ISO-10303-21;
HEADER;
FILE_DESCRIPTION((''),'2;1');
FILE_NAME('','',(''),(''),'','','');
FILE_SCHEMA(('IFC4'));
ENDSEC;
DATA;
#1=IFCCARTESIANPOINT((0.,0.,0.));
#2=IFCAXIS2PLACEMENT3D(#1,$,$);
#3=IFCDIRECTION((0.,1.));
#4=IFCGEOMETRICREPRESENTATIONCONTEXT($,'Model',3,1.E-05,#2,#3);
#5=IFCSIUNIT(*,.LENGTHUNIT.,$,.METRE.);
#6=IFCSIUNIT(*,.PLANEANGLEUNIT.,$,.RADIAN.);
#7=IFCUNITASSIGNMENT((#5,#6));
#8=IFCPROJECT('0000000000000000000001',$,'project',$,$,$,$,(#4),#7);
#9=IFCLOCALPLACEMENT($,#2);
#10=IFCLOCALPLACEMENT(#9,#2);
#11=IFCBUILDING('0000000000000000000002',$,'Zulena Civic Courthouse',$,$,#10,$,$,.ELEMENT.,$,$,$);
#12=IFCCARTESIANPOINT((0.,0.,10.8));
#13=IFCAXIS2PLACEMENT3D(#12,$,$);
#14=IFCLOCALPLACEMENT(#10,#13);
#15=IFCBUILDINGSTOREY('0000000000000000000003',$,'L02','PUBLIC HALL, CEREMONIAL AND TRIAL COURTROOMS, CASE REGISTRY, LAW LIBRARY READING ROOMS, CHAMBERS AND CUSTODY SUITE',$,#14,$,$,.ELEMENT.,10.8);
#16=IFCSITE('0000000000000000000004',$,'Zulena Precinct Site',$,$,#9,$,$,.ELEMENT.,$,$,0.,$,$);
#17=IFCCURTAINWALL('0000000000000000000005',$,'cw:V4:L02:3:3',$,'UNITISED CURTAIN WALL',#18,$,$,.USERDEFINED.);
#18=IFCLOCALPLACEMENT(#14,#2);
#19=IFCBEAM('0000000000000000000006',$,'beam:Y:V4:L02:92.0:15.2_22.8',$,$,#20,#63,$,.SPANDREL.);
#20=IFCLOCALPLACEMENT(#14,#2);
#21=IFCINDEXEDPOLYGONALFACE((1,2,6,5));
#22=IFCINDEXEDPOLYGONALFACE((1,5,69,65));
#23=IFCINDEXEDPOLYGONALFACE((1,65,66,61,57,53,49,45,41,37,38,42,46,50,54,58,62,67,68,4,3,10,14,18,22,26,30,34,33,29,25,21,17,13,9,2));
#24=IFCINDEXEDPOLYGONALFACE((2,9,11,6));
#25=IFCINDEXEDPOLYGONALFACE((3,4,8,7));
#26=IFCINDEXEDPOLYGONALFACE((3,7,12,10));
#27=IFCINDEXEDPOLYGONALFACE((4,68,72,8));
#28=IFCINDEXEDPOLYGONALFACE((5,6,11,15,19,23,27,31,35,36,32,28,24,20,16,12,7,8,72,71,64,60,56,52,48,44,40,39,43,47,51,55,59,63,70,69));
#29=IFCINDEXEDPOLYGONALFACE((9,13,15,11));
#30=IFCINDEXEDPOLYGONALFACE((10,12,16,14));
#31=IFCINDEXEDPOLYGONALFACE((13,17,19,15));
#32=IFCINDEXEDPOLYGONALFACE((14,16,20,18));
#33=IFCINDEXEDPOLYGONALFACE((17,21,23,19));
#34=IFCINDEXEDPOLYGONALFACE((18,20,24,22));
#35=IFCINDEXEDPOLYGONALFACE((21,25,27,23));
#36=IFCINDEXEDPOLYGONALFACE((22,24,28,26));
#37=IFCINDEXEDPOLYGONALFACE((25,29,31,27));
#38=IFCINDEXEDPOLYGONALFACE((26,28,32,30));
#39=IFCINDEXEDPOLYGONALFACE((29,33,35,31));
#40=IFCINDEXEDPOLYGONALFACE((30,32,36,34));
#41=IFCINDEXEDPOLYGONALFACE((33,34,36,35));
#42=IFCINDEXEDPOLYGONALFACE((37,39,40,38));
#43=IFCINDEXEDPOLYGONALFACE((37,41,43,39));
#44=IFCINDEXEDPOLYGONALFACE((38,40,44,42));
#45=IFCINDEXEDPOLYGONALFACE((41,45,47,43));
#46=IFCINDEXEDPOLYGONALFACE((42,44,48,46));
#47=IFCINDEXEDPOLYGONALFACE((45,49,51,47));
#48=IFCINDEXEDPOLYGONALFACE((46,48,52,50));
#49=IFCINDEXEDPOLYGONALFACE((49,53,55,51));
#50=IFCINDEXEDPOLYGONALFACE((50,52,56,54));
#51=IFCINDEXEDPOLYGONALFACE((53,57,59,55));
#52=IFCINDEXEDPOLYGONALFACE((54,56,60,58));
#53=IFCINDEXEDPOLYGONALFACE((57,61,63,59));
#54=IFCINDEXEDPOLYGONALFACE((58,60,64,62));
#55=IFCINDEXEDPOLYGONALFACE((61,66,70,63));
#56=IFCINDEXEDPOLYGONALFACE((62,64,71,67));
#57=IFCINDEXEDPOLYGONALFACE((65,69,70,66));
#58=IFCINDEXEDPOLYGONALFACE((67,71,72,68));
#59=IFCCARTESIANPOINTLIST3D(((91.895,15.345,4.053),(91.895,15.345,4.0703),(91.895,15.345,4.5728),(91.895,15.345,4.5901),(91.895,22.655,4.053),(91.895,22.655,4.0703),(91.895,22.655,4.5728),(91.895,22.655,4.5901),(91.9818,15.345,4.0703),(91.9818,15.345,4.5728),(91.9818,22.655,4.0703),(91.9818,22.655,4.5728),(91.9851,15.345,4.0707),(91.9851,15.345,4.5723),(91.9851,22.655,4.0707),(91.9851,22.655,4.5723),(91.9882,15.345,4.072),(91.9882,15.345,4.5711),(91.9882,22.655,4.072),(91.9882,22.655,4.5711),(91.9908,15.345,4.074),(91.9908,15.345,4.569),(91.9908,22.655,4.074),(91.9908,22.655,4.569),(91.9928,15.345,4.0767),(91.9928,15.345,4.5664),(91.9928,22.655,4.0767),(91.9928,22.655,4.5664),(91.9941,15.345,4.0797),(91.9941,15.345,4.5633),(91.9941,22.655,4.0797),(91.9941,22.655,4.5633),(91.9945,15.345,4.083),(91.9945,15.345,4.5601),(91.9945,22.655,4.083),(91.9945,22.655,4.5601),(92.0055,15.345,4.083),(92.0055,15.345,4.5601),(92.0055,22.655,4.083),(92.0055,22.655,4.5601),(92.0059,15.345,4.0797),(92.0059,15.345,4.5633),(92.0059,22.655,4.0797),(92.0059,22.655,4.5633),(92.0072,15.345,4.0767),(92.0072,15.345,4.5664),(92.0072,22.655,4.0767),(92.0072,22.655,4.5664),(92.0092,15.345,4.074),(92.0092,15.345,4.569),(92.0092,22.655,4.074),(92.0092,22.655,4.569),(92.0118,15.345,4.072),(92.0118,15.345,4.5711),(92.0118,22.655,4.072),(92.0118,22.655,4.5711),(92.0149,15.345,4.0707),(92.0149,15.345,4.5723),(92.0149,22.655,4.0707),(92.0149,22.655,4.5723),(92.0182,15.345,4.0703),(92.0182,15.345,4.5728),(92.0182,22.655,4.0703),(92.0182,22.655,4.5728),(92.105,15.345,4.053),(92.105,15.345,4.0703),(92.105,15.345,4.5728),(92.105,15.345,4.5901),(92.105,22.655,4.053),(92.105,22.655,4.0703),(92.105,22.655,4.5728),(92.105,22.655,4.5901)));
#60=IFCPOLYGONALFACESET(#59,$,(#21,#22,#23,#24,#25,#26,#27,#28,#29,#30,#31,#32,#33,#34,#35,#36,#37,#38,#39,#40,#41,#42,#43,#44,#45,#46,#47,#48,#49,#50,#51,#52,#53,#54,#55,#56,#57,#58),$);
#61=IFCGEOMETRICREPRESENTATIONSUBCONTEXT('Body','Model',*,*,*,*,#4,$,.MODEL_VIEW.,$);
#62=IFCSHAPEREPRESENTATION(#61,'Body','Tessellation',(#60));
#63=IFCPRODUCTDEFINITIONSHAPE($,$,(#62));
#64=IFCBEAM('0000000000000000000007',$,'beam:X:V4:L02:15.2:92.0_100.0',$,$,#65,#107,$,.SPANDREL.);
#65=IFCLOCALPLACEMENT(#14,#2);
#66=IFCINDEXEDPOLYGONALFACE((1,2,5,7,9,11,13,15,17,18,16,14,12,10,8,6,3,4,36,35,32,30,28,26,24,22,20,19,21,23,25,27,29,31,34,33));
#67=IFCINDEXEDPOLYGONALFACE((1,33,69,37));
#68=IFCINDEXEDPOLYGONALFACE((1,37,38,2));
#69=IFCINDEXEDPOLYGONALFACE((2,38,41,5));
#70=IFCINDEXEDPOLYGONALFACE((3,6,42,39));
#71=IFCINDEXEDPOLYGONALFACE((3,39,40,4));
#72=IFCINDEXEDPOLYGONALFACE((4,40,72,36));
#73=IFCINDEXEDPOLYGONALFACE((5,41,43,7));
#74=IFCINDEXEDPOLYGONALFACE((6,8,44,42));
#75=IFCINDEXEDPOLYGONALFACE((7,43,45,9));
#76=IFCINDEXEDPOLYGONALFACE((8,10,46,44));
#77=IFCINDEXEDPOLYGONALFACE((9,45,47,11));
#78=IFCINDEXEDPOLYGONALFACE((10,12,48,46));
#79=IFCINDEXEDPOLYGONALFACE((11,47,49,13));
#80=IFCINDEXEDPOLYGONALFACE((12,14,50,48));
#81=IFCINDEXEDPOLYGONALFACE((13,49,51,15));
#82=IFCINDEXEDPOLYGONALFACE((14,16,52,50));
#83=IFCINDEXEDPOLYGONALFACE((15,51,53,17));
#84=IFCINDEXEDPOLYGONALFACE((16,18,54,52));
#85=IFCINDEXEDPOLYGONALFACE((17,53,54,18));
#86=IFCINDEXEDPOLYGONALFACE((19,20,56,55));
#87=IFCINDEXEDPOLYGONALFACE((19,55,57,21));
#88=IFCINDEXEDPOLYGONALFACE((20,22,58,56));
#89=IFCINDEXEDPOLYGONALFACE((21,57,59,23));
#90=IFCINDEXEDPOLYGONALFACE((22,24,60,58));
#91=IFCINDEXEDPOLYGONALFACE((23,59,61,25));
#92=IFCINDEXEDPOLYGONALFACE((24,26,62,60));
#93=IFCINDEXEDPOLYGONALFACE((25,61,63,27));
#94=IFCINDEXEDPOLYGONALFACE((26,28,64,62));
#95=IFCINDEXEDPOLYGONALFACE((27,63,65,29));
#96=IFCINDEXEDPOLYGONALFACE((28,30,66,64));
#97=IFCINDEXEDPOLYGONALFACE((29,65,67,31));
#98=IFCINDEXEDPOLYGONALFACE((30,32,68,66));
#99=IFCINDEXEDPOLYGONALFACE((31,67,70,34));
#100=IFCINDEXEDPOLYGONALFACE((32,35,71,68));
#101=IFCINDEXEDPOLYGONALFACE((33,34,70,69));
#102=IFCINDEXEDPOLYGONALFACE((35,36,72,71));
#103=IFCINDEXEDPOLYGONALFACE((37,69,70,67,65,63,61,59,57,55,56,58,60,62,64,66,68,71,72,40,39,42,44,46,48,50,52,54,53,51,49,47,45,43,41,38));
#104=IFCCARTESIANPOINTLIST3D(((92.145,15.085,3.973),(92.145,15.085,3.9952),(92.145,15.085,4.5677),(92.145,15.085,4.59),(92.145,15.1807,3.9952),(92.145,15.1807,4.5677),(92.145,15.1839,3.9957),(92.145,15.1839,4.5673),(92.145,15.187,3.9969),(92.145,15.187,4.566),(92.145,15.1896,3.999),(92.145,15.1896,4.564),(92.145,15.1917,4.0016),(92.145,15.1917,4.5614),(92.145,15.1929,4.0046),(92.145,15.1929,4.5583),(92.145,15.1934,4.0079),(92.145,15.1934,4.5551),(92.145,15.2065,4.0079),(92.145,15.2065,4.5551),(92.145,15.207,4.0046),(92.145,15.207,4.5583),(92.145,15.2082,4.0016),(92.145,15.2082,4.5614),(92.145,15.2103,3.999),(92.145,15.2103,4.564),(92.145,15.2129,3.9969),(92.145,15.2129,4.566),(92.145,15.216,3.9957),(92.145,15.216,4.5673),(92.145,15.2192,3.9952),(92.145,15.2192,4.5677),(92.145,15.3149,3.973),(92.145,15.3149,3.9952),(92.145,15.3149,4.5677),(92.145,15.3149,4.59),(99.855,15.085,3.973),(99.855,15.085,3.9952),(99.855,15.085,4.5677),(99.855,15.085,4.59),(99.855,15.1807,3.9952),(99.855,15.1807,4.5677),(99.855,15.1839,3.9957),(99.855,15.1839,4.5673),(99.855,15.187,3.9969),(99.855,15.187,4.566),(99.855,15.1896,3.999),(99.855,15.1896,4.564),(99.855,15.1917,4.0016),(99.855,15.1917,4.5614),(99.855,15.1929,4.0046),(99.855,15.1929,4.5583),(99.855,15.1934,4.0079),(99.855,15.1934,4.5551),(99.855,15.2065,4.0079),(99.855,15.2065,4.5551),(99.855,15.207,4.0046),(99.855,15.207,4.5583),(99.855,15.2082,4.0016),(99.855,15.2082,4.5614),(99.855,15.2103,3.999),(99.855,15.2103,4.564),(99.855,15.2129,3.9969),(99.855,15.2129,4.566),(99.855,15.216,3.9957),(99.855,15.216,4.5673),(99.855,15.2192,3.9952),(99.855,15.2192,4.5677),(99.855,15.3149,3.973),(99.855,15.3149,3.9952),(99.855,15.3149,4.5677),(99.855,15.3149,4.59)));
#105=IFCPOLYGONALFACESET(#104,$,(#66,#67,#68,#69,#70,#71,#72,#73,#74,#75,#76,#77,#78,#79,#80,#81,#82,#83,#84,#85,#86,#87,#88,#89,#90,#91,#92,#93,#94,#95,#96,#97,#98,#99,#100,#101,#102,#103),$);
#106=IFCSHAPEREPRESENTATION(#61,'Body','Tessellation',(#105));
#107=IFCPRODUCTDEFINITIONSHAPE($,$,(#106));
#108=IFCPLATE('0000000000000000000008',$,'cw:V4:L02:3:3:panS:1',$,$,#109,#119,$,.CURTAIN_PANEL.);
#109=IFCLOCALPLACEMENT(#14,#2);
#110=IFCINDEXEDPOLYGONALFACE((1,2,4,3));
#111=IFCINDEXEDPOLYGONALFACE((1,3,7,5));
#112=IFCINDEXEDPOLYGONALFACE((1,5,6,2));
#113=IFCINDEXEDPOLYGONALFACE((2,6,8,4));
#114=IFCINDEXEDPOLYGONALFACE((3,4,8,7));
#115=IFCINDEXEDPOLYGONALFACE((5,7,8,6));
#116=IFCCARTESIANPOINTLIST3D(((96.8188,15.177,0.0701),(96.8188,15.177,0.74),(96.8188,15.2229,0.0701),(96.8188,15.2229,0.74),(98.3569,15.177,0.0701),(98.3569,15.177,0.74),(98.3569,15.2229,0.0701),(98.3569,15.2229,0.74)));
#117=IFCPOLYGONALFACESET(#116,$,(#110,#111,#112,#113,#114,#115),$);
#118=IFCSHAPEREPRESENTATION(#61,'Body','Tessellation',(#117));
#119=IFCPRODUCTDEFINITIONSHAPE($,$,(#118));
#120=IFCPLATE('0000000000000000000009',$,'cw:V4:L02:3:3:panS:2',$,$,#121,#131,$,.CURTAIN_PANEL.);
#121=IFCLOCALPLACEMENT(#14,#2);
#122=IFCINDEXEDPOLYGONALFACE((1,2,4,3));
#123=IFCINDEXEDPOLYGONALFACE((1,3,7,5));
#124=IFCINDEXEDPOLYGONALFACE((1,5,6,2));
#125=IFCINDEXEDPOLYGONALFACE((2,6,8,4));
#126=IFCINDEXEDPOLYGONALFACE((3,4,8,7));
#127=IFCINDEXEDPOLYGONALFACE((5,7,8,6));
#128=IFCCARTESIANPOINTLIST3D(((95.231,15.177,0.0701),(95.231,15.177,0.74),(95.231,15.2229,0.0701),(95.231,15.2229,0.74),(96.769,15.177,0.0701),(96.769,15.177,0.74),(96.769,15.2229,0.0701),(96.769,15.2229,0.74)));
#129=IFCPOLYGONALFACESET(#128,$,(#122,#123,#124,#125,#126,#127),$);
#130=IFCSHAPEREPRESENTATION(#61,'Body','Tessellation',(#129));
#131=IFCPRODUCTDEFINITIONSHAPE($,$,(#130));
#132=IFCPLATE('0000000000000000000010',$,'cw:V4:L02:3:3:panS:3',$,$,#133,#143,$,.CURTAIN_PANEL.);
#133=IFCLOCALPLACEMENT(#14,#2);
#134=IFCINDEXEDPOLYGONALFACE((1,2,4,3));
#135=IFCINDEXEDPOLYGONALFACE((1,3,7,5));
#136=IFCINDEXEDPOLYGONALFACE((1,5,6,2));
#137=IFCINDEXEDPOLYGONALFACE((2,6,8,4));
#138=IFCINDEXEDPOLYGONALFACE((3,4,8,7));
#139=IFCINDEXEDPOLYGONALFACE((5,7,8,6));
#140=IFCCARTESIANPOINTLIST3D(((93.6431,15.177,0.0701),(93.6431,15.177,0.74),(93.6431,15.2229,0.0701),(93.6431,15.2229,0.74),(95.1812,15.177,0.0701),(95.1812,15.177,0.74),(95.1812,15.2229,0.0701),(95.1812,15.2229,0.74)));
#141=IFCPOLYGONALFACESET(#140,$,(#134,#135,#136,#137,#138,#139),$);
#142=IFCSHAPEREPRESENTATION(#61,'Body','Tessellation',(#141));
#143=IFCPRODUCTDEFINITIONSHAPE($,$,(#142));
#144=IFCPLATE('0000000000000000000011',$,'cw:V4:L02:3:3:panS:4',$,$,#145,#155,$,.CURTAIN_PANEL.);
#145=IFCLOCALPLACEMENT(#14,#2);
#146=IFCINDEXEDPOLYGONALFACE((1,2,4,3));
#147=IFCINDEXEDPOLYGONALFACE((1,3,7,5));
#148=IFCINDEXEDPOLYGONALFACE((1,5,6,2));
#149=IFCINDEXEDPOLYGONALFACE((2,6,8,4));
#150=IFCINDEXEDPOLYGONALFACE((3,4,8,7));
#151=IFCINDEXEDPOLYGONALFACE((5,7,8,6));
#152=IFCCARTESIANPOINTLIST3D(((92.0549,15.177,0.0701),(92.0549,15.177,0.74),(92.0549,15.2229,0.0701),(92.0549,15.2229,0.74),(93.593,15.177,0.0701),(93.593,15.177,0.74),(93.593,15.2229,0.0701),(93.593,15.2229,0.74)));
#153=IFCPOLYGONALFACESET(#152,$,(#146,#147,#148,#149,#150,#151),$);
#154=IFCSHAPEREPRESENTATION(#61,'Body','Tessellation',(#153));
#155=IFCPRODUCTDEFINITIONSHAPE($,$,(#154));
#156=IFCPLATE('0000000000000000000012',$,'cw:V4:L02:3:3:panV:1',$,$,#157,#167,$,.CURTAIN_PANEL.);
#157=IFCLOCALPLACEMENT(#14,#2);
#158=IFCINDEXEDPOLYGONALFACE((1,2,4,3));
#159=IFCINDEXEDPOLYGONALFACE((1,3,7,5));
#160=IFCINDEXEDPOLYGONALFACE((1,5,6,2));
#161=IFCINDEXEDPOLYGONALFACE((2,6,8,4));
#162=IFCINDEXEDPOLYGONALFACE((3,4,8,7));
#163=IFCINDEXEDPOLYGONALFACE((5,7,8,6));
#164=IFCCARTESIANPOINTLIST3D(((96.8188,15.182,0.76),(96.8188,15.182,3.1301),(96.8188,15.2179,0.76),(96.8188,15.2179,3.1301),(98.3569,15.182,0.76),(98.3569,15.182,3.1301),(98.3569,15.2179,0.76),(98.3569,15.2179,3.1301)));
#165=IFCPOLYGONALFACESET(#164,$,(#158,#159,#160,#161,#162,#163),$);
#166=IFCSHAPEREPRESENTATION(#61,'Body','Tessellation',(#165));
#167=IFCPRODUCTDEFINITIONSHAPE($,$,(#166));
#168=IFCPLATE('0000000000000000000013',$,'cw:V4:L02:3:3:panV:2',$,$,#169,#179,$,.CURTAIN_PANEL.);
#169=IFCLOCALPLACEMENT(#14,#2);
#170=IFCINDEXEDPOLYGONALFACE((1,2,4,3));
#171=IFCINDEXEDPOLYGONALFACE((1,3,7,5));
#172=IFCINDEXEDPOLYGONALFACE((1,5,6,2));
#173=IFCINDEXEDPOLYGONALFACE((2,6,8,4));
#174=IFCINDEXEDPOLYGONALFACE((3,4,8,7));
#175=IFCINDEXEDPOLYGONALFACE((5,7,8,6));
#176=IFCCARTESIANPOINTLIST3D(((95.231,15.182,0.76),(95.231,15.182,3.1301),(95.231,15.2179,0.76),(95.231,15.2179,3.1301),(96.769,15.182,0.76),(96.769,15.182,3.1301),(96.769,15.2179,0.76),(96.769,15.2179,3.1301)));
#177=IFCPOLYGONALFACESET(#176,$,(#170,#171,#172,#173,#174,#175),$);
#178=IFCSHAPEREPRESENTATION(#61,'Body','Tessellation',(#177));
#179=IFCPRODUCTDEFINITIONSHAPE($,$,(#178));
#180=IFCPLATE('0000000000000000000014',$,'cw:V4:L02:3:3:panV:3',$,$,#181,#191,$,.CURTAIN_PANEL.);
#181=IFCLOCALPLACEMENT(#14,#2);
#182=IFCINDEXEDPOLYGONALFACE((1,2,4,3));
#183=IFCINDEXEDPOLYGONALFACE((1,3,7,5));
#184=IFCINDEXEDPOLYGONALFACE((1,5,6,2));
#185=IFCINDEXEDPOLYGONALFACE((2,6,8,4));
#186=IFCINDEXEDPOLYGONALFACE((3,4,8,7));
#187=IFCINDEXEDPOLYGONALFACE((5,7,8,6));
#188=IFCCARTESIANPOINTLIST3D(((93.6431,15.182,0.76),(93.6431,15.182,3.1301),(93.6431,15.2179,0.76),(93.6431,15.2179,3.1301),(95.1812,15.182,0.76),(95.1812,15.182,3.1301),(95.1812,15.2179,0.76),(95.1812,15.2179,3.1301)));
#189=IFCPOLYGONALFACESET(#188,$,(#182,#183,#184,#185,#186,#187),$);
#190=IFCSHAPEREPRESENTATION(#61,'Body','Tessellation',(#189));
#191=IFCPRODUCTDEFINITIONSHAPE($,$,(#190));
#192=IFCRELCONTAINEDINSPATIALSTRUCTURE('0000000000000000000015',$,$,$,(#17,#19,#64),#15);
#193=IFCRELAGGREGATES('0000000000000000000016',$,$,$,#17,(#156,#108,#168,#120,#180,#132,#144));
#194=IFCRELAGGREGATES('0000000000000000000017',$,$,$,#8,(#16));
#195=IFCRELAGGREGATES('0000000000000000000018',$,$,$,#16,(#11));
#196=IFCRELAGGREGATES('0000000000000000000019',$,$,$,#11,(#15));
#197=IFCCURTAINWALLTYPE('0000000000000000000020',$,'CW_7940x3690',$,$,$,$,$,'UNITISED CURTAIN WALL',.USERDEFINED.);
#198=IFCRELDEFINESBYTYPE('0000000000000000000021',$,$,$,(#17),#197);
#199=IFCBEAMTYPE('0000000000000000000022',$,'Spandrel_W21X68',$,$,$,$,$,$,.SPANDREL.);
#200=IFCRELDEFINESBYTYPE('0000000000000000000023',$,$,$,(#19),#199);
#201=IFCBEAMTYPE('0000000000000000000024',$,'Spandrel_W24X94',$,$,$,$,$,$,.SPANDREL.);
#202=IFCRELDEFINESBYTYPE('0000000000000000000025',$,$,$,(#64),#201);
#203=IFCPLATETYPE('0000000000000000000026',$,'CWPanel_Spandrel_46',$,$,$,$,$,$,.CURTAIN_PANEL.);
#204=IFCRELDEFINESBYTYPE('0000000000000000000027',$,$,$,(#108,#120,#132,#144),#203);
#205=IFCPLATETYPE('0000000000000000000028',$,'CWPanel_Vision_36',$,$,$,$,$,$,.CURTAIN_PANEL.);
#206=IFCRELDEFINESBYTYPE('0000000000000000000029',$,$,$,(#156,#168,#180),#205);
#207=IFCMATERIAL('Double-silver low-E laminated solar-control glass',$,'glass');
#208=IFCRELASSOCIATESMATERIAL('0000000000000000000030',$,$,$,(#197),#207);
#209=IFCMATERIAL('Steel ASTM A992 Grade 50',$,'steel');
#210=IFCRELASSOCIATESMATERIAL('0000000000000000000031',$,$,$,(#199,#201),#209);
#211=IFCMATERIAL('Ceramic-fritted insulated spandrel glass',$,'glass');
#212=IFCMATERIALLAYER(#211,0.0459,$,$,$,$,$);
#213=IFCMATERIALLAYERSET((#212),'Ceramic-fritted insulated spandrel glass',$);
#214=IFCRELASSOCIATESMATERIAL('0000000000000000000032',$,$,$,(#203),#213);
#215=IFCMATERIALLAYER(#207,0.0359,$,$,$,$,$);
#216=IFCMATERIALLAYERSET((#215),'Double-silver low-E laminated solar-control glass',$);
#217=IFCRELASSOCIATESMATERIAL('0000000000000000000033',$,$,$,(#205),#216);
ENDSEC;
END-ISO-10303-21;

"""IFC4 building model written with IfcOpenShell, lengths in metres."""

from ifc_helpers import new_model, si_unit, direction, frame, origin, origin_2d, place, context, subcontext, project, spatial, rectangle, i_section, extrude, material, layer, layer_set, material_profile, profile_set, type_object, element, aggregate, save


model = new_model("IFC4")

# Units and contexts
model_context = context("Model", 3, precision=1e-05, world=origin(), true_north=direction((0.0, 1.0)))
body_context = subcontext(model_context, "Body", "Model", "MODEL_VIEW")
ifc_project = project(units=[si_unit("LENGTHUNIT", "METRE"), si_unit("PLANEANGLEUNIT", "RADIAN")], contexts=[model_context])

# Site, building, storey
site_placement = place(None, origin())
site = spatial("IfcSite", under=ifc_project, at=site_placement, Name="Zulena Precinct Site", CompositionType="ELEMENT", RefElevation=0.0)
building_placement = place(site_placement, origin())
building = spatial("IfcBuilding", under=site, at=building_placement, Name="Zulena Civic Courthouse", CompositionType="ELEMENT")
storey_placement = place(building_placement, frame((0.0, 0.0, 10.8)))
storey = spatial("IfcBuildingStorey", under=building, at=storey_placement, Name="L02", Description="PUBLIC HALL, CEREMONIAL AND TRIAL COURTROOMS, CASE REGISTRY, LAW LIBRARY READING ROOMS, CHAMBERS AND CUSTODY SUITE", CompositionType="ELEMENT", Elevation=10.8)

# Shared definitions
ifc_material_1 = material(Name="Steel ASTM A992 Grade 50", Category="steel")

# Curtain wall
ifc_material_2 = material(Name="Double-silver low-E laminated solar-control glass", Category="glass")
curtain_wall_type = type_object("IfcCurtainWallType", Name="CW_7940x3690", ElementType="UNITISED CURTAIN WALL", PredefinedType="USERDEFINED", material=ifc_material_2)
curtain_wall_1_placement = place(storey_placement, origin())
curtain_wall_1 = element("IfcCurtainWall", 1, at=curtain_wall_1_placement, inside=storey, type_object=curtain_wall_type, Name="cw:V4:L02:3:3", ObjectType="UNITISED CURTAIN WALL", PredefinedType="USERDEFINED")

# Beams
ifc_material_profile_1 = material_profile(ifc_material_1, i_section(OverallWidth=0.21, OverallDepth=0.5371, WebThickness=0.011, FlangeThickness=0.0173, FilletRadius=0.0127, at=origin_2d()), Name="W21X68")
ifc_profile_set_1 = profile_set([ifc_material_profile_1], Name="Steel ASTM A992 Grade 50")
beam_type_1 = type_object("IfcBeamType", Name="Spandrel_W21X68", PredefinedType="SPANDREL", material=ifc_profile_set_1)
beam_1_placement = place(storey_placement, frame((92.0, 15.345, 4.3215), z_axis=(0.0, 1.0, 0.0), x_axis=(-1.0, 0.0, 0.0)))
element("IfcBeam", 2, at=beam_1_placement, inside=storey, type_object=beam_type_1, Name="beam:Y:V4:L02:92.0:15.2_22.8", PredefinedType="SPANDREL", context=body_context, shape_type="SweptSolid", body=[
    extrude(i_section(OverallWidth=0.21, OverallDepth=0.5371, WebThickness=0.011, FlangeThickness=0.0173, FilletRadius=0.0127, at=origin_2d()), origin(), (0.0, 0.0, 1.0), 7.3101),
])
ifc_material_profile_2 = material_profile(ifc_material_1, i_section(OverallWidth=0.23, OverallDepth=0.6169, WebThickness=0.0132, FlangeThickness=0.0222, FilletRadius=0.0127, at=origin_2d()), Name="W24X94")
ifc_profile_set_2 = profile_set([ifc_material_profile_2], Name="Steel ASTM A992 Grade 50")
beam_type_2 = type_object("IfcBeamType", Name="Spandrel_W24X94", PredefinedType="SPANDREL", material=ifc_profile_set_2)
beam_2_placement = place(storey_placement, frame((92.145, 15.2, 4.2815), z_axis=(1.0, 0.0, 0.0), x_axis=(0.0, 1.0, 0.0)))
element("IfcBeam", 3, at=beam_2_placement, inside=storey, type_object=beam_type_2, Name="beam:X:V4:L02:15.2:92.0_100.0", PredefinedType="SPANDREL", context=body_context, shape_type="SweptSolid", body=[
    extrude(i_section(OverallWidth=0.23, OverallDepth=0.6169, WebThickness=0.0132, FlangeThickness=0.0222, FilletRadius=0.0127, at=origin_2d()), origin(), (0.0, 0.0, 1.0), 7.71),
])

# Plates
ifc_material_3 = material(Name="Ceramic-fritted insulated spandrel glass", Category="glass")
ifc_layer_1 = layer(ifc_material_3, 0.0459)
ifc_layer_set_1 = layer_set([ifc_layer_1], Name="Ceramic-fritted insulated spandrel glass")
plate_type_1 = type_object("IfcPlateType", Name="CWPanel_Spandrel_46", PredefinedType="CURTAIN_PANEL", material=ifc_layer_set_1)
plate_1_placement = place(storey_placement, frame((97.5879, 15.2, 0.0701), z_axis=(0.0, 0.0, 1.0), x_axis=(-1.0, 0.0, 0.0)))
plate_1 = element("IfcPlate", 4, at=plate_1_placement, type_object=plate_type_1, Name="cw:V4:L02:3:3:panS:1", PredefinedType="CURTAIN_PANEL", context=body_context, shape_type="SweptSolid", body=[
    extrude(rectangle(XDim=1.5381, YDim=0.0459, at=origin_2d()), origin(), (0.0, 0.0, 1.0), 0.6699),
])
plate_2_placement = place(storey_placement, frame((96.0, 15.2, 0.0701), z_axis=(0.0, 0.0, 1.0), x_axis=(-1.0, 0.0, 0.0)))
plate_2 = element("IfcPlate", 5, at=plate_2_placement, type_object=plate_type_1, Name="cw:V4:L02:3:3:panS:2", PredefinedType="CURTAIN_PANEL", context=body_context, shape_type="SweptSolid", body=[
    extrude(rectangle(XDim=1.5381, YDim=0.0459, at=origin_2d()), origin(), (0.0, 0.0, 1.0), 0.6699),
])
plate_3_placement = place(storey_placement, frame((94.4121, 15.2, 0.0701), z_axis=(0.0, 0.0, 1.0), x_axis=(-1.0, 0.0, 0.0)))
plate_3 = element("IfcPlate", 6, at=plate_3_placement, type_object=plate_type_1, Name="cw:V4:L02:3:3:panS:3", PredefinedType="CURTAIN_PANEL", context=body_context, shape_type="SweptSolid", body=[
    extrude(rectangle(XDim=1.5381, YDim=0.0459, at=origin_2d()), origin(), (0.0, 0.0, 1.0), 0.6699),
])
plate_4_placement = place(storey_placement, frame((92.824, 15.2, 0.0701), z_axis=(0.0, 0.0, 1.0), x_axis=(-1.0, 0.0, 0.0)))
plate_4 = element("IfcPlate", 7, at=plate_4_placement, type_object=plate_type_1, Name="cw:V4:L02:3:3:panS:4", PredefinedType="CURTAIN_PANEL", context=body_context, shape_type="SweptSolid", body=[
    extrude(rectangle(XDim=1.5381, YDim=0.0459, at=origin_2d()), origin(), (0.0, 0.0, 1.0), 0.6699),
])
ifc_layer_2 = layer(ifc_material_2, 0.0359)
ifc_layer_set_2 = layer_set([ifc_layer_2], Name="Double-silver low-E laminated solar-control glass")
plate_type_2 = type_object("IfcPlateType", Name="CWPanel_Vision_36", PredefinedType="CURTAIN_PANEL", material=ifc_layer_set_2)
plate_5_placement = place(storey_placement, frame((97.5879, 15.2, 0.76), z_axis=(0.0, 0.0, 1.0), x_axis=(-1.0, 0.0, 0.0)))
plate_5 = element("IfcPlate", 8, at=plate_5_placement, type_object=plate_type_2, Name="cw:V4:L02:3:3:panV:1", PredefinedType="CURTAIN_PANEL", context=body_context, shape_type="SweptSolid", body=[
    extrude(rectangle(XDim=1.5381, YDim=0.0359, at=origin_2d()), origin(), (0.0, 0.0, 1.0), 2.3701),
])
plate_6_placement = place(storey_placement, frame((96.0, 15.2, 0.76), z_axis=(0.0, 0.0, 1.0), x_axis=(-1.0, 0.0, 0.0)))
plate_6 = element("IfcPlate", 9, at=plate_6_placement, type_object=plate_type_2, Name="cw:V4:L02:3:3:panV:2", PredefinedType="CURTAIN_PANEL", context=body_context, shape_type="SweptSolid", body=[
    extrude(rectangle(XDim=1.5381, YDim=0.0359, at=origin_2d()), origin(), (0.0, 0.0, 1.0), 2.3701),
])
plate_7_placement = place(storey_placement, frame((94.4121, 15.2, 0.76), z_axis=(0.0, 0.0, 1.0), x_axis=(-1.0, 0.0, 0.0)))
plate_7 = element("IfcPlate", 10, at=plate_7_placement, type_object=plate_type_2, Name="cw:V4:L02:3:3:panV:3", PredefinedType="CURTAIN_PANEL", context=body_context, shape_type="SweptSolid", body=[
    extrude(rectangle(XDim=1.5381, YDim=0.0359, at=origin_2d()), origin(), (0.0, 0.0, 1.0), 2.3701),
])
aggregate(curtain_wall_1, [plate_5, plate_1, plate_6, plate_2, plate_7, plate_3, plate_4])

save(model, "model.ifc")
